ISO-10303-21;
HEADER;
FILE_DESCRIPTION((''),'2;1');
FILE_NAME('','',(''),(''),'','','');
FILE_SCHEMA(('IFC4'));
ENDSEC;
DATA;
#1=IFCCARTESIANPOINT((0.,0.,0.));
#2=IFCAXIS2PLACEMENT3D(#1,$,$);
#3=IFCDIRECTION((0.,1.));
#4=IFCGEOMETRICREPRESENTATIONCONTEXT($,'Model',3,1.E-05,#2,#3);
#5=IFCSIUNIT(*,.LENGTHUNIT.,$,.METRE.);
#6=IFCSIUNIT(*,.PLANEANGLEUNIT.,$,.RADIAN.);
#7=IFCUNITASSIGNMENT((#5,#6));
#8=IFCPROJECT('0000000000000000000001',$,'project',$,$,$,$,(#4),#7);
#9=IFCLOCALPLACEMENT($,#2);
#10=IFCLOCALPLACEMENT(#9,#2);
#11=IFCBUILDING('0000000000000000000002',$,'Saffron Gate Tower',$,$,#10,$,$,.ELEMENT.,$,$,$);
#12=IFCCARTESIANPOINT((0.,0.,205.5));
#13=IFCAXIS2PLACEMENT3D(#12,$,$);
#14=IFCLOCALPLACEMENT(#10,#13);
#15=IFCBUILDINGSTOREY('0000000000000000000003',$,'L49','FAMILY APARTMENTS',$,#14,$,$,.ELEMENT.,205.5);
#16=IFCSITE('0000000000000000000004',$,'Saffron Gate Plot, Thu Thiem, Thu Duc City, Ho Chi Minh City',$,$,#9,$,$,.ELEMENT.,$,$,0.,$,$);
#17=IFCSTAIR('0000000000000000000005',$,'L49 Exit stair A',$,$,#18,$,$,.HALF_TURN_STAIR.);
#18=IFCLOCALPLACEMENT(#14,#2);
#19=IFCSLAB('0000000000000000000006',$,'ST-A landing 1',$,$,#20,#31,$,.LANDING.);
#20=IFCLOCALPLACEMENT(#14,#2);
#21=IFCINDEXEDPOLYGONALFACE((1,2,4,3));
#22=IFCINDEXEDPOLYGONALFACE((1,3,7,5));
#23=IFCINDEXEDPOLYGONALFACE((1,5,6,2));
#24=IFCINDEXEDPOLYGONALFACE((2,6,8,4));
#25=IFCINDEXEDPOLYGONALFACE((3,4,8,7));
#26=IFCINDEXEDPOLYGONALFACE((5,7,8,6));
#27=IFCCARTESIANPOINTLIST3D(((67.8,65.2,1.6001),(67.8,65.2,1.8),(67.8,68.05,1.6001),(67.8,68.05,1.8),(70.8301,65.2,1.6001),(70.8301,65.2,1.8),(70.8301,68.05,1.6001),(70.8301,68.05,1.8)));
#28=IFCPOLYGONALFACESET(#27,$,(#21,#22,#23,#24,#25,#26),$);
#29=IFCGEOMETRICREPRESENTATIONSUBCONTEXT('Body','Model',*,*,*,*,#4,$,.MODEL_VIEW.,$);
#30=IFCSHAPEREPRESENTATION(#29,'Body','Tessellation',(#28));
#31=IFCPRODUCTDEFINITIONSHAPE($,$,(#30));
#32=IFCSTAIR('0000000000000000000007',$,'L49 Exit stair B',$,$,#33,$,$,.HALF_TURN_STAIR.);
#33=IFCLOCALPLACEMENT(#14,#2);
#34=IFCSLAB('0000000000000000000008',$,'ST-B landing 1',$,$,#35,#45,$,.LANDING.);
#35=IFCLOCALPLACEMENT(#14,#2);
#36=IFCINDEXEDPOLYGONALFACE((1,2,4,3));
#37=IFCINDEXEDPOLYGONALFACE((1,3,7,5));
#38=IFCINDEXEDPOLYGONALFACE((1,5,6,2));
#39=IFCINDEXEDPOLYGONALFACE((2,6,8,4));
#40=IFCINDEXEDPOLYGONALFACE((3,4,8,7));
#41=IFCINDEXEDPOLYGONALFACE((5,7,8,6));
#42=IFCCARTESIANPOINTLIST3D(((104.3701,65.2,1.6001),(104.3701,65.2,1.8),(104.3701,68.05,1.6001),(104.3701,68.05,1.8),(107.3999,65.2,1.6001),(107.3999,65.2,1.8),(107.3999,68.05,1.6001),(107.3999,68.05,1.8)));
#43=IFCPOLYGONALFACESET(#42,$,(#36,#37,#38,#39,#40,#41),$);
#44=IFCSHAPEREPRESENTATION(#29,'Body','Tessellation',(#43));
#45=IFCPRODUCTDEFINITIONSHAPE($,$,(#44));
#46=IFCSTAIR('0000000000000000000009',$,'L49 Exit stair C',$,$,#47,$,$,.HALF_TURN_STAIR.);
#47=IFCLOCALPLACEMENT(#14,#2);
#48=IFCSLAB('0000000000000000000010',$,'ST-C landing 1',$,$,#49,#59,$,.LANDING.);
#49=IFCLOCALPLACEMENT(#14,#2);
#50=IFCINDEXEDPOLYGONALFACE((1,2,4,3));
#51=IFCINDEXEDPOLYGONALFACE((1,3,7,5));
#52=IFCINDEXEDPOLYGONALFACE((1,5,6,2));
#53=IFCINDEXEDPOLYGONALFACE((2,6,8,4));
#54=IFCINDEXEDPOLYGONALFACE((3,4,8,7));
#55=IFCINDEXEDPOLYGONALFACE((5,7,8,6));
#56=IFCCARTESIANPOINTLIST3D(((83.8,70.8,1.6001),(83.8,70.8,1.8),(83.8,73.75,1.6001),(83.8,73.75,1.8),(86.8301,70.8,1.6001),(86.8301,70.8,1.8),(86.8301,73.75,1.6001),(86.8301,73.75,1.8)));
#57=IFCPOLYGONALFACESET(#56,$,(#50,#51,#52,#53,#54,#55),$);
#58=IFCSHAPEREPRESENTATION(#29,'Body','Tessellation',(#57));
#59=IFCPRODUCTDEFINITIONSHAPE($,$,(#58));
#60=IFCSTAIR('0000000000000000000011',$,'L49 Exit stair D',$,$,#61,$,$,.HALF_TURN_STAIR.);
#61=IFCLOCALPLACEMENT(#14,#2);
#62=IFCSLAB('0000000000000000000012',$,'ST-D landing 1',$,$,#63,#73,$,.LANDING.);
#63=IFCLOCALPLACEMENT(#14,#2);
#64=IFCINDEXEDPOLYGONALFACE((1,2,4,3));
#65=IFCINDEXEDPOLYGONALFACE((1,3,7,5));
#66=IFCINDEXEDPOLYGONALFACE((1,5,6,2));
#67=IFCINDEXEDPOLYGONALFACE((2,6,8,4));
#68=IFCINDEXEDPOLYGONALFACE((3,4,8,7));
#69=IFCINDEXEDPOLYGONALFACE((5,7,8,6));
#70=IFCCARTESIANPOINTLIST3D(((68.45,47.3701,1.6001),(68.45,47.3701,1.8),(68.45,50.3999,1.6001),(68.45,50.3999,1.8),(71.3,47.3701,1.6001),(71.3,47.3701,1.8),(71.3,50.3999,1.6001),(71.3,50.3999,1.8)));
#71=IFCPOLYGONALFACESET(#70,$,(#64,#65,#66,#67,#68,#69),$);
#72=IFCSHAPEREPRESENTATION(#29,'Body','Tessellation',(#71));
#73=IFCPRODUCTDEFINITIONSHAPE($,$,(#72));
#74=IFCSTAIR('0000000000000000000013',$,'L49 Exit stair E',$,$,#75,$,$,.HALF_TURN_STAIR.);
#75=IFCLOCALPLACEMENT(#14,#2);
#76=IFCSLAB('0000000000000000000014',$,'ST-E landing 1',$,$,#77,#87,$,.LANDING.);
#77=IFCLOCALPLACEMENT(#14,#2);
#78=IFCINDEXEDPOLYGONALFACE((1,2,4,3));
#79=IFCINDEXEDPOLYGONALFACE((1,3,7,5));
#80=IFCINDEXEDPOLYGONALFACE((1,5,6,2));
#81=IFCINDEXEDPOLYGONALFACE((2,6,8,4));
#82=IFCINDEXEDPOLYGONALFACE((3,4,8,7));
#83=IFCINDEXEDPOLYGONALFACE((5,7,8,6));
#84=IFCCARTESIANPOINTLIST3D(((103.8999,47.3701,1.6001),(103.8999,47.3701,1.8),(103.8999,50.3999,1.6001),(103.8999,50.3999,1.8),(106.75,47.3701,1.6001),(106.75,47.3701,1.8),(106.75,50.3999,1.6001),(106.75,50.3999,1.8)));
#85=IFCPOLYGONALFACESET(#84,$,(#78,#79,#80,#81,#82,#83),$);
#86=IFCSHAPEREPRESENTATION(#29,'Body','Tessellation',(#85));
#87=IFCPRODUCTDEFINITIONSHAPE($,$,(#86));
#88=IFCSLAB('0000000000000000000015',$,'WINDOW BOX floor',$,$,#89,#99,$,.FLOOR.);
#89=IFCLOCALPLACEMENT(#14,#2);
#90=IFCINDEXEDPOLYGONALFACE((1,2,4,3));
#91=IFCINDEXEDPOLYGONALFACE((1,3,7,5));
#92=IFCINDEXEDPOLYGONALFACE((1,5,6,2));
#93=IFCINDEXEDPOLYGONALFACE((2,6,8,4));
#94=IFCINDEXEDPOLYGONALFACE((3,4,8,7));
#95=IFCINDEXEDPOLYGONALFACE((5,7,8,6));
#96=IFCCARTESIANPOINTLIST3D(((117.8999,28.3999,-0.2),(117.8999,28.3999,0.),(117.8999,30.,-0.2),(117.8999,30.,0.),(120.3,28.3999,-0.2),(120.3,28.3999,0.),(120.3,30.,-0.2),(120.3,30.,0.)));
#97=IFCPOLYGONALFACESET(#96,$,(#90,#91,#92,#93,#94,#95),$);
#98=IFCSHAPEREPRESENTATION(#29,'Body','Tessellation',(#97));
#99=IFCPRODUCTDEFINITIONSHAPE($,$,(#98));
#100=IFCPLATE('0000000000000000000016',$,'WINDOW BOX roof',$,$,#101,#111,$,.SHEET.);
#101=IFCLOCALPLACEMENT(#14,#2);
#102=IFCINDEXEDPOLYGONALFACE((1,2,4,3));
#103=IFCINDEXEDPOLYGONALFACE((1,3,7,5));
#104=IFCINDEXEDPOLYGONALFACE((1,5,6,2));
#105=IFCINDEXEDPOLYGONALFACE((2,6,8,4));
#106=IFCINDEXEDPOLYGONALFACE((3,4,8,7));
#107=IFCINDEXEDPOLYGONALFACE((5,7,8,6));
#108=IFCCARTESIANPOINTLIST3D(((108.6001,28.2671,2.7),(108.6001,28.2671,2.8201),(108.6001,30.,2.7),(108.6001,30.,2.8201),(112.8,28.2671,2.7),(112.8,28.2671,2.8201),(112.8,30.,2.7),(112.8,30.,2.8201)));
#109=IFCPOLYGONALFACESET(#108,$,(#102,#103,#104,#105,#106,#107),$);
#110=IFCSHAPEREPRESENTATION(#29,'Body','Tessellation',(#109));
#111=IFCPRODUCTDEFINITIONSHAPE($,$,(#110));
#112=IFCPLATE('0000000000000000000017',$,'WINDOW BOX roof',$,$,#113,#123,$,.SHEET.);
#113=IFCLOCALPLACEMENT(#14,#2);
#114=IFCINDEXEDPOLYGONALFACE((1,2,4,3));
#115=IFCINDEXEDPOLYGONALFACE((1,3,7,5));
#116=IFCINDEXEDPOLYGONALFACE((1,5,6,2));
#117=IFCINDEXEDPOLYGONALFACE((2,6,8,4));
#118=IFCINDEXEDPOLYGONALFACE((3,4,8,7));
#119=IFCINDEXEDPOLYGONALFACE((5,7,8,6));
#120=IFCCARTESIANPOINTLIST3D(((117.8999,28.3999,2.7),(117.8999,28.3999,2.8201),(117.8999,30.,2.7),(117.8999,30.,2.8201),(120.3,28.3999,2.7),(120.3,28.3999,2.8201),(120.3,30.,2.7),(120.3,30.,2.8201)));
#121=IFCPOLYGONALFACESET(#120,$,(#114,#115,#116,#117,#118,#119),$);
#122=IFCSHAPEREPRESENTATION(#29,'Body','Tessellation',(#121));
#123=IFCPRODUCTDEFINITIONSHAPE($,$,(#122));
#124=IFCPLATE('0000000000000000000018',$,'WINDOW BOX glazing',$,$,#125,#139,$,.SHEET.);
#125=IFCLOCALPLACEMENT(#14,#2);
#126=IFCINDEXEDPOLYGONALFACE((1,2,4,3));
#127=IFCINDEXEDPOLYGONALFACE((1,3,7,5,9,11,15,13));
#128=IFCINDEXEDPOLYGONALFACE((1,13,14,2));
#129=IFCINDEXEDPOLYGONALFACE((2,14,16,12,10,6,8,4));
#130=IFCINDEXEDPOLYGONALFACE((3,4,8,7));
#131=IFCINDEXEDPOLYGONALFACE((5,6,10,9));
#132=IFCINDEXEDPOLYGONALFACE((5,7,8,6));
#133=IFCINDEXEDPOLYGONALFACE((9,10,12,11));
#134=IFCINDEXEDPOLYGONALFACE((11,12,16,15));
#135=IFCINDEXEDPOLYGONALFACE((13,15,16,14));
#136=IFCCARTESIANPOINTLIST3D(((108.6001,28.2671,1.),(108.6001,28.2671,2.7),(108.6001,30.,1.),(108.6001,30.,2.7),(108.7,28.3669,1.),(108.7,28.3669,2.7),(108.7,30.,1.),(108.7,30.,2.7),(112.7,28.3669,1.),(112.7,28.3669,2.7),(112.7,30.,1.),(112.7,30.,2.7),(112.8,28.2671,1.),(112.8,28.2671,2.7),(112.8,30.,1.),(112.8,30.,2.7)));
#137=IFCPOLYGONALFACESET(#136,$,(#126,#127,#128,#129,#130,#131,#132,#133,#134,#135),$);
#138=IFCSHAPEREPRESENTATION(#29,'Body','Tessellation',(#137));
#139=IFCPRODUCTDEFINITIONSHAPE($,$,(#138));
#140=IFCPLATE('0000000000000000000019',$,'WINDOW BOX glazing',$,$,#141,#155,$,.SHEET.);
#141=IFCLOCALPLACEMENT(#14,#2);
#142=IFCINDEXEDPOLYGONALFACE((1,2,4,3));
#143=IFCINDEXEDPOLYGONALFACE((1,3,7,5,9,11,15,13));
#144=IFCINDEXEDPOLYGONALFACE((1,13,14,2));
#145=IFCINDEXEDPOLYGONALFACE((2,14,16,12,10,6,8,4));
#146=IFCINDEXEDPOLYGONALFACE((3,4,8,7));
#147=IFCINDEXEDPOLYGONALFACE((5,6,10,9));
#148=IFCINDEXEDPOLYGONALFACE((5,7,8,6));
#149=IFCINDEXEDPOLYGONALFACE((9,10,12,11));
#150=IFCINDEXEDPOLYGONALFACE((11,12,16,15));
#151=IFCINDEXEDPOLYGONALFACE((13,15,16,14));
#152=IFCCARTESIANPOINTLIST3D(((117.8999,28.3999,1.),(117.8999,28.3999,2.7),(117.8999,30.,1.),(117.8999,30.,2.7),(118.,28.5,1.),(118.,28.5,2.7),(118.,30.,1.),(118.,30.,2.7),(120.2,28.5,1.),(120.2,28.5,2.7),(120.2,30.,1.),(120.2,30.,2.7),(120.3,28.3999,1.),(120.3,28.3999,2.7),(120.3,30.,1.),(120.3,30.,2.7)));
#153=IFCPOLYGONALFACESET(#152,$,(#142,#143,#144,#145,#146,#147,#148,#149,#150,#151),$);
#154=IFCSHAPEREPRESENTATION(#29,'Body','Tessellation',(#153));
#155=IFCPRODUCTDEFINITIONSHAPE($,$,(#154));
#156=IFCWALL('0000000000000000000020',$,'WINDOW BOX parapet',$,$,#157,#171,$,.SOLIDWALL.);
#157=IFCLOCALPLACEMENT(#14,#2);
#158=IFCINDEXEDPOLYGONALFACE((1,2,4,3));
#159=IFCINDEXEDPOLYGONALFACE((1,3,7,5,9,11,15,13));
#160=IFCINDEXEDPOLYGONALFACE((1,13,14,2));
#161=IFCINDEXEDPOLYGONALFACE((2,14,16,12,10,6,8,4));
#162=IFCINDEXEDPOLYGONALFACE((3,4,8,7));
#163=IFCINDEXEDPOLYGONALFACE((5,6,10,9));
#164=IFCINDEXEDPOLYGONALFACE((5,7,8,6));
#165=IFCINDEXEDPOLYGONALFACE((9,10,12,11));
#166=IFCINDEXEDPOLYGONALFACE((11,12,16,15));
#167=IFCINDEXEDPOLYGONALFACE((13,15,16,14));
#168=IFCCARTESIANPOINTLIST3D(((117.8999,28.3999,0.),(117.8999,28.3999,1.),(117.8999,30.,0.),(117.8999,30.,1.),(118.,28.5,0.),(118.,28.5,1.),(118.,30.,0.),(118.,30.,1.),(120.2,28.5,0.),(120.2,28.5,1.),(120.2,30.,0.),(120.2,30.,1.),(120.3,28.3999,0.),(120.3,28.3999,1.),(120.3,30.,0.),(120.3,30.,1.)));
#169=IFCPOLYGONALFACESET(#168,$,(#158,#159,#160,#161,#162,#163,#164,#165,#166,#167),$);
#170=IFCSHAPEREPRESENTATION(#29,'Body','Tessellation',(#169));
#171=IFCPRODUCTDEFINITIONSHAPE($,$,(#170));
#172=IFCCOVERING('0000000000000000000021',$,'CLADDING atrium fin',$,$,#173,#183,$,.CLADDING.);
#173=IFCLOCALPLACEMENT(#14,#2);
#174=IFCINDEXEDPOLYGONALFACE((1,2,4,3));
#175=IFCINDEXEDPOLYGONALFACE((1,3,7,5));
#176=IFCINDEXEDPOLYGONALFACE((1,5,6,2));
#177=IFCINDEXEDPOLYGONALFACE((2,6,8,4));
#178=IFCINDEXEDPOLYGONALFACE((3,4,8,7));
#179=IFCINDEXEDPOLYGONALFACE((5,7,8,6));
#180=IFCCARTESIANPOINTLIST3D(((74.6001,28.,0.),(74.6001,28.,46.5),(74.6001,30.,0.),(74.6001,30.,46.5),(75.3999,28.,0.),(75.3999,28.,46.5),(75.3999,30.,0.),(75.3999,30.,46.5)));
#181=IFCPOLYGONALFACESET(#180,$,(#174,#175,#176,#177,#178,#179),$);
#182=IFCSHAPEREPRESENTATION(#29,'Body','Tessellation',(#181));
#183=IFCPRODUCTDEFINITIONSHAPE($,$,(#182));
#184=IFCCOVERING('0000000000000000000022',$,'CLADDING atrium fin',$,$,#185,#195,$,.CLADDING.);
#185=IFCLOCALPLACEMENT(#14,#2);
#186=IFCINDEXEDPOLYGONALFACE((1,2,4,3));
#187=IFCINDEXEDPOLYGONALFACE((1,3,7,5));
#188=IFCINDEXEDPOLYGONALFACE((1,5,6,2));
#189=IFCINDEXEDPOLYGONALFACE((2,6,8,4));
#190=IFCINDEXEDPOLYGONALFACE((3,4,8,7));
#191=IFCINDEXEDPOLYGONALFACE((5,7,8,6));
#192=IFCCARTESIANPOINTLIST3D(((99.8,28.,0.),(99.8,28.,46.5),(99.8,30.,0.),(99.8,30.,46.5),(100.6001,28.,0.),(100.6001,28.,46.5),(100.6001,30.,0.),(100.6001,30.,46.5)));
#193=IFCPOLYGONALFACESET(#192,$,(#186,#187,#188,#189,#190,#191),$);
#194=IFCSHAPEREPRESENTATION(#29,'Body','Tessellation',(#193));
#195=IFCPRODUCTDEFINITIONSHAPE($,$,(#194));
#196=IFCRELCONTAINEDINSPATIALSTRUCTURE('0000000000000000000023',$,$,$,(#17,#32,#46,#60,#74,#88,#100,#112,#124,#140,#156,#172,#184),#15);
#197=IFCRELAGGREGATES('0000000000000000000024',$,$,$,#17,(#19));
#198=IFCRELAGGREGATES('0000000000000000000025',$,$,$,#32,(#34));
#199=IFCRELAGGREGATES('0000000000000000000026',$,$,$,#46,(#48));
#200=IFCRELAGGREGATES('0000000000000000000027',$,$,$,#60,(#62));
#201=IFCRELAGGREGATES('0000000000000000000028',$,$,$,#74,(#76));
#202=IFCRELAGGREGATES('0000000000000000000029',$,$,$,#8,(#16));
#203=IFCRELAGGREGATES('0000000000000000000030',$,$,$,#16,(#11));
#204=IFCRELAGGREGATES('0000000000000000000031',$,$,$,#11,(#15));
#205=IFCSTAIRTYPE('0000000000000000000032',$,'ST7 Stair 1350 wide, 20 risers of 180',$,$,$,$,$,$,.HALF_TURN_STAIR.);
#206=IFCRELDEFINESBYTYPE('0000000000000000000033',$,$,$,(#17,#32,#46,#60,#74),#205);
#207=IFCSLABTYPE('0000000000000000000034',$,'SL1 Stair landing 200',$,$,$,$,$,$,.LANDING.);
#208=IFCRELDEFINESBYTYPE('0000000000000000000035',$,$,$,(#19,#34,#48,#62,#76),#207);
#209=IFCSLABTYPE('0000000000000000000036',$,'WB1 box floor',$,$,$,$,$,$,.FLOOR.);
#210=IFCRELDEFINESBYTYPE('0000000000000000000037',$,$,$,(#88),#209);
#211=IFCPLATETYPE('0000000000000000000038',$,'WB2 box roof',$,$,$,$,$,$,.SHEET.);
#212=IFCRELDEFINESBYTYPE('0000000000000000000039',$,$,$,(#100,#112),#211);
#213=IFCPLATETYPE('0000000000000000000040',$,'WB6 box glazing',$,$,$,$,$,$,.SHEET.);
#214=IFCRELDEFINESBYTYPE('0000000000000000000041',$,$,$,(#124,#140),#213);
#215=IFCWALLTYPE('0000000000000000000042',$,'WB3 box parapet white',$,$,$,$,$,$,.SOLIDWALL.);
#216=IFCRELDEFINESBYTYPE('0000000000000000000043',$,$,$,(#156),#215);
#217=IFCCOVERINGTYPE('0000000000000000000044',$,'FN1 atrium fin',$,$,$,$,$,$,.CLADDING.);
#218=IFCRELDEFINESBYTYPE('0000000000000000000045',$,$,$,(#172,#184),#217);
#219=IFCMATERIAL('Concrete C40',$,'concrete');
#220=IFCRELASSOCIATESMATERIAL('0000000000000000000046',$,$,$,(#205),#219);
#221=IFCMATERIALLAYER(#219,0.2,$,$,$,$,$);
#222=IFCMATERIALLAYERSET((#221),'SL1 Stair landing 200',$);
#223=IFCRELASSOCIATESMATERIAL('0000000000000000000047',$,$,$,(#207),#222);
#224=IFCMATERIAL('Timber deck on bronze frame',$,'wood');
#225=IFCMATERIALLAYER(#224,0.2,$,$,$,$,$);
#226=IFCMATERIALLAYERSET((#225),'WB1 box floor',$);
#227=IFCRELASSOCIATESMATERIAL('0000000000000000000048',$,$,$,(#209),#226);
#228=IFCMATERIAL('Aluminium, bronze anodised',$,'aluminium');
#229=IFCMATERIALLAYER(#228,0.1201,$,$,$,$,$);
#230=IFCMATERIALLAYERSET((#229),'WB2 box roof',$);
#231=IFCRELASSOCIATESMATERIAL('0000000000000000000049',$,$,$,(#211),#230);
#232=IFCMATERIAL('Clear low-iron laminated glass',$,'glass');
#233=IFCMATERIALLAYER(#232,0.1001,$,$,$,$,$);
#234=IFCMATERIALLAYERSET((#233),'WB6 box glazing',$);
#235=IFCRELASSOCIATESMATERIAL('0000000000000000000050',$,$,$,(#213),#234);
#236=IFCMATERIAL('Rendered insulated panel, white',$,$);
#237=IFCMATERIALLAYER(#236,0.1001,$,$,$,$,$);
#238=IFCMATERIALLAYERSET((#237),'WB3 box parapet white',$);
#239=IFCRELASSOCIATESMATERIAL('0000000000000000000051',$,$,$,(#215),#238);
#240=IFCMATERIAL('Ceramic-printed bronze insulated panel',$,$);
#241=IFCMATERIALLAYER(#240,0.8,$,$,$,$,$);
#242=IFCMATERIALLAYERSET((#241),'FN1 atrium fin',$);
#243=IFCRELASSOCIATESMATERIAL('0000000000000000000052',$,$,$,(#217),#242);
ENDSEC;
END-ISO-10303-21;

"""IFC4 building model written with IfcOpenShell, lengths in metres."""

from ifc_helpers import new_model, si_unit, direction, frame, origin, place, context, subcontext, project, spatial, polyline, outline, extrude, material, layer, layer_set, type_object, element, aggregate, save


model = new_model("IFC4")

# Units and contexts
model_context = context("Model", 3, precision=1e-05, world=origin(), true_north=direction((0.0, 1.0)))
body_context = subcontext(model_context, "Body", "Model", "MODEL_VIEW")
ifc_project = project(units=[si_unit("LENGTHUNIT", "METRE"), si_unit("PLANEANGLEUNIT", "RADIAN")], contexts=[model_context])

# Site, building, storey
site_placement = place(None, origin())
site = spatial("IfcSite", under=ifc_project, at=site_placement, Name="Saffron Gate Plot, Thu Thiem, Thu Duc City, Ho Chi Minh City", CompositionType="ELEMENT", RefElevation=0.0)
building_placement = place(site_placement, origin())
building = spatial("IfcBuilding", under=site, at=building_placement, Name="Saffron Gate Tower", CompositionType="ELEMENT")
storey_placement = place(building_placement, frame((0.0, 0.0, 205.5)))
storey = spatial("IfcBuildingStorey", under=building, at=storey_placement, Name="L49", Description="FAMILY APARTMENTS", CompositionType="ELEMENT", Elevation=205.5)

# Shared definitions
ifc_material_1 = material(Name="Aluminium, bronze anodised", Category="aluminium")

# Stairs, slabs
ifc_material_2 = material(Name="Concrete C40", Category="concrete")
stair_type = type_object("IfcStairType", Name="ST7 Stair 1350 wide, 20 risers of 180", PredefinedType="HALF_TURN_STAIR", material=ifc_material_2)
stair_1_placement = place(storey_placement, origin())
stair_1 = element("IfcStair", 1, at=stair_1_placement, inside=storey, type_object=stair_type, Name="L49 Exit stair A", PredefinedType="HALF_TURN_STAIR")
ifc_layer_1 = layer(ifc_material_2, 0.2)
ifc_layer_set_1 = layer_set([ifc_layer_1], Name="SL1 Stair landing 200")
slab_type_1 = type_object("IfcSlabType", Name="SL1 Stair landing 200", PredefinedType="LANDING", material=ifc_layer_set_1)
slab_1_placement = place(storey_placement, frame((0.0, 0.0, 1.6001)))
slab_1 = element("IfcSlab", 2, at=slab_1_placement, type_object=slab_type_1, Name="ST-A landing 1", PredefinedType="LANDING", context=body_context, shape_type="SweptSolid", body=[
    extrude(outline(polyline([(70.8301, 68.05), (67.8, 68.05), (67.8, 65.2), (70.8301, 65.2), (70.8301, 68.05)])), origin(), (0.0, 0.0, 1.0), 0.2),
])
aggregate(stair_1, [slab_1])
stair_2_placement = place(storey_placement, origin())
stair_2 = element("IfcStair", 3, at=stair_2_placement, inside=storey, type_object=stair_type, Name="L49 Exit stair B", PredefinedType="HALF_TURN_STAIR")
slab_2_placement = place(storey_placement, frame((0.0, 0.0, 1.6001)))
slab_2 = element("IfcSlab", 4, at=slab_2_placement, type_object=slab_type_1, Name="ST-B landing 1", PredefinedType="LANDING", context=body_context, shape_type="SweptSolid", body=[
    extrude(outline(polyline([(104.3701, 65.2), (107.3999, 65.2), (107.3999, 68.05), (104.3701, 68.05), (104.3701, 65.2)])), origin(), (0.0, 0.0, 1.0), 0.2),
])
aggregate(stair_2, [slab_2])
stair_3_placement = place(storey_placement, origin())
stair_3 = element("IfcStair", 5, at=stair_3_placement, inside=storey, type_object=stair_type, Name="L49 Exit stair C", PredefinedType="HALF_TURN_STAIR")
slab_3_placement = place(storey_placement, frame((0.0, 0.0, 1.6001)))
slab_3 = element("IfcSlab", 6, at=slab_3_placement, type_object=slab_type_1, Name="ST-C landing 1", PredefinedType="LANDING", context=body_context, shape_type="SweptSolid", body=[
    extrude(outline(polyline([(86.8301, 73.75), (83.8, 73.75), (83.8, 70.8), (86.8301, 70.8), (86.8301, 73.75)])), origin(), (0.0, 0.0, 1.0), 0.2),
])
aggregate(stair_3, [slab_3])
stair_4_placement = place(storey_placement, origin())
stair_4 = element("IfcStair", 7, at=stair_4_placement, inside=storey, type_object=stair_type, Name="L49 Exit stair D", PredefinedType="HALF_TURN_STAIR")
slab_4_placement = place(storey_placement, frame((0.0, 0.0, 1.6001)))
slab_4 = element("IfcSlab", 8, at=slab_4_placement, type_object=slab_type_1, Name="ST-D landing 1", PredefinedType="LANDING", context=body_context, shape_type="SweptSolid", body=[
    extrude(outline(polyline([(71.3, 47.3701), (71.3, 50.3999), (68.45, 50.3999), (68.45, 47.3701), (71.3, 47.3701)])), origin(), (0.0, 0.0, 1.0), 0.2),
])
aggregate(stair_4, [slab_4])
stair_5_placement = place(storey_placement, origin())
stair_5 = element("IfcStair", 9, at=stair_5_placement, inside=storey, type_object=stair_type, Name="L49 Exit stair E", PredefinedType="HALF_TURN_STAIR")
slab_5_placement = place(storey_placement, frame((0.0, 0.0, 1.6001)))
slab_5 = element("IfcSlab", 10, at=slab_5_placement, type_object=slab_type_1, Name="ST-E landing 1", PredefinedType="LANDING", context=body_context, shape_type="SweptSolid", body=[
    extrude(outline(polyline([(106.75, 47.3701), (106.75, 50.3999), (103.8999, 50.3999), (103.8999, 47.3701), (106.75, 47.3701)])), origin(), (0.0, 0.0, 1.0), 0.2),
])
aggregate(stair_5, [slab_5])

# Slab
ifc_material_3 = material(Name="Timber deck on bronze frame", Category="wood")
ifc_layer_2 = layer(ifc_material_3, 0.2)
ifc_layer_set_2 = layer_set([ifc_layer_2], Name="WB1 box floor")
slab_type_2 = type_object("IfcSlabType", Name="WB1 box floor", PredefinedType="FLOOR", material=ifc_layer_set_2)
slab_6_placement = place(storey_placement, frame((0.0, 0.0, -0.2)))
element("IfcSlab", 11, at=slab_6_placement, inside=storey, type_object=slab_type_2, Name="WINDOW BOX floor", PredefinedType="FLOOR", context=body_context, shape_type="SweptSolid", body=[
    extrude(outline(polyline([(117.8999, 30.0), (120.3, 30.0), (120.3, 28.3999), (117.8999, 28.3999), (117.8999, 30.0)])), origin(), (0.0, 0.0, 1.0), 0.2),
])

# Plates
ifc_layer_3 = layer(ifc_material_1, 0.1201)
ifc_layer_set_3 = layer_set([ifc_layer_3], Name="WB2 box roof")
plate_type_1 = type_object("IfcPlateType", Name="WB2 box roof", PredefinedType="SHEET", material=ifc_layer_set_3)
plate_1_placement = place(storey_placement, frame((0.0, 0.0, 2.7)))
element("IfcPlate", 12, at=plate_1_placement, inside=storey, type_object=plate_type_1, Name="WINDOW BOX roof", PredefinedType="SHEET", context=body_context, shape_type="SweptSolid", body=[
    extrude(outline(polyline([(108.6001, 30.0), (112.8, 30.0), (112.8, 28.2671), (108.6001, 28.2671), (108.6001, 30.0)])), origin(), (0.0, 0.0, 1.0), 0.1201),
])
plate_2_placement = place(storey_placement, frame((0.0, 0.0, 2.7)))
element("IfcPlate", 13, at=plate_2_placement, inside=storey, type_object=plate_type_1, Name="WINDOW BOX roof", PredefinedType="SHEET", context=body_context, shape_type="SweptSolid", body=[
    extrude(outline(polyline([(117.8999, 30.0), (120.3, 30.0), (120.3, 28.3999), (117.8999, 28.3999), (117.8999, 30.0)])), origin(), (0.0, 0.0, 1.0), 0.1201),
])
ifc_material_4 = material(Name="Clear low-iron laminated glass", Category="glass")
ifc_layer_4 = layer(ifc_material_4, 0.1001)
ifc_layer_set_4 = layer_set([ifc_layer_4], Name="WB6 box glazing")
plate_type_2 = type_object("IfcPlateType", Name="WB6 box glazing", PredefinedType="SHEET", material=ifc_layer_set_4)
plate_3_placement = place(storey_placement, frame((0.0, 0.0, 1.0)))
element("IfcPlate", 14, at=plate_3_placement, inside=storey, type_object=plate_type_2, Name="WINDOW BOX glazing", PredefinedType="SHEET", context=body_context, shape_type="SweptSolid", body=[
    extrude(outline(polyline([(108.6001, 30.0), (108.7, 30.0), (108.7, 28.3669), (112.7, 28.3669), (112.7, 30.0), (112.8, 30.0), (112.8, 28.2671), (108.6001, 28.2671), (108.6001, 30.0)])), origin(), (0.0, 0.0, 1.0), 1.7),
])
plate_4_placement = place(storey_placement, frame((0.0, 0.0, 1.0)))
element("IfcPlate", 15, at=plate_4_placement, inside=storey, type_object=plate_type_2, Name="WINDOW BOX glazing", PredefinedType="SHEET", context=body_context, shape_type="SweptSolid", body=[
    extrude(outline(polyline([(117.8999, 30.0), (118.0, 30.0), (118.0, 28.5), (120.2, 28.5), (120.2, 30.0), (120.3, 30.0), (120.3, 28.3999), (117.8999, 28.3999), (117.8999, 30.0)])), origin(), (0.0, 0.0, 1.0), 1.7),
])

# Wall
ifc_material_5 = material(Name="Rendered insulated panel, white")
ifc_layer_5 = layer(ifc_material_5, 0.1001)
ifc_layer_set_5 = layer_set([ifc_layer_5], Name="WB3 box parapet white")
wall_type = type_object("IfcWallType", Name="WB3 box parapet white", PredefinedType="SOLIDWALL", material=ifc_layer_set_5)
wall_placement = place(storey_placement, origin())
element("IfcWall", 16, at=wall_placement, inside=storey, type_object=wall_type, Name="WINDOW BOX parapet", PredefinedType="SOLIDWALL", context=body_context, shape_type="SweptSolid", body=[
    extrude(outline(polyline([(117.8999, 30.0), (118.0, 30.0), (118.0, 28.5), (120.2, 28.5), (120.2, 30.0), (120.3, 30.0), (120.3, 28.3999), (117.8999, 28.3999), (117.8999, 30.0)])), origin(), (0.0, 0.0, 1.0), 1.0),
])

# Coverings
ifc_material_6 = material(Name="Ceramic-printed bronze insulated panel")
ifc_layer_6 = layer(ifc_material_6, 0.8)
ifc_layer_set_6 = layer_set([ifc_layer_6], Name="FN1 atrium fin")
covering_type_1 = type_object("IfcCoveringType", Name="FN1 atrium fin", PredefinedType="CLADDING", material=ifc_layer_set_6)
covering_1_placement = place(storey_placement, origin())
element("IfcCovering", 17, at=covering_1_placement, inside=storey, type_object=covering_type_1, Name="CLADDING atrium fin", PredefinedType="CLADDING", context=body_context, shape_type="SweptSolid", body=[
    extrude(outline(polyline([(74.6001, 30.0), (75.3999, 30.0), (75.3999, 28.0), (74.6001, 28.0), (74.6001, 30.0)])), origin(), (0.0, 0.0, 1.0), 46.5),
])
covering_2_placement = place(storey_placement, origin())
element("IfcCovering", 18, at=covering_2_placement, inside=storey, type_object=covering_type_1, Name="CLADDING atrium fin", PredefinedType="CLADDING", context=body_context, shape_type="SweptSolid", body=[
    extrude(outline(polyline([(99.8, 30.0), (100.6001, 30.0), (100.6001, 28.0), (99.8, 28.0), (99.8, 30.0)])), origin(), (0.0, 0.0, 1.0), 46.5),
])

save(model, "model.ifc")
